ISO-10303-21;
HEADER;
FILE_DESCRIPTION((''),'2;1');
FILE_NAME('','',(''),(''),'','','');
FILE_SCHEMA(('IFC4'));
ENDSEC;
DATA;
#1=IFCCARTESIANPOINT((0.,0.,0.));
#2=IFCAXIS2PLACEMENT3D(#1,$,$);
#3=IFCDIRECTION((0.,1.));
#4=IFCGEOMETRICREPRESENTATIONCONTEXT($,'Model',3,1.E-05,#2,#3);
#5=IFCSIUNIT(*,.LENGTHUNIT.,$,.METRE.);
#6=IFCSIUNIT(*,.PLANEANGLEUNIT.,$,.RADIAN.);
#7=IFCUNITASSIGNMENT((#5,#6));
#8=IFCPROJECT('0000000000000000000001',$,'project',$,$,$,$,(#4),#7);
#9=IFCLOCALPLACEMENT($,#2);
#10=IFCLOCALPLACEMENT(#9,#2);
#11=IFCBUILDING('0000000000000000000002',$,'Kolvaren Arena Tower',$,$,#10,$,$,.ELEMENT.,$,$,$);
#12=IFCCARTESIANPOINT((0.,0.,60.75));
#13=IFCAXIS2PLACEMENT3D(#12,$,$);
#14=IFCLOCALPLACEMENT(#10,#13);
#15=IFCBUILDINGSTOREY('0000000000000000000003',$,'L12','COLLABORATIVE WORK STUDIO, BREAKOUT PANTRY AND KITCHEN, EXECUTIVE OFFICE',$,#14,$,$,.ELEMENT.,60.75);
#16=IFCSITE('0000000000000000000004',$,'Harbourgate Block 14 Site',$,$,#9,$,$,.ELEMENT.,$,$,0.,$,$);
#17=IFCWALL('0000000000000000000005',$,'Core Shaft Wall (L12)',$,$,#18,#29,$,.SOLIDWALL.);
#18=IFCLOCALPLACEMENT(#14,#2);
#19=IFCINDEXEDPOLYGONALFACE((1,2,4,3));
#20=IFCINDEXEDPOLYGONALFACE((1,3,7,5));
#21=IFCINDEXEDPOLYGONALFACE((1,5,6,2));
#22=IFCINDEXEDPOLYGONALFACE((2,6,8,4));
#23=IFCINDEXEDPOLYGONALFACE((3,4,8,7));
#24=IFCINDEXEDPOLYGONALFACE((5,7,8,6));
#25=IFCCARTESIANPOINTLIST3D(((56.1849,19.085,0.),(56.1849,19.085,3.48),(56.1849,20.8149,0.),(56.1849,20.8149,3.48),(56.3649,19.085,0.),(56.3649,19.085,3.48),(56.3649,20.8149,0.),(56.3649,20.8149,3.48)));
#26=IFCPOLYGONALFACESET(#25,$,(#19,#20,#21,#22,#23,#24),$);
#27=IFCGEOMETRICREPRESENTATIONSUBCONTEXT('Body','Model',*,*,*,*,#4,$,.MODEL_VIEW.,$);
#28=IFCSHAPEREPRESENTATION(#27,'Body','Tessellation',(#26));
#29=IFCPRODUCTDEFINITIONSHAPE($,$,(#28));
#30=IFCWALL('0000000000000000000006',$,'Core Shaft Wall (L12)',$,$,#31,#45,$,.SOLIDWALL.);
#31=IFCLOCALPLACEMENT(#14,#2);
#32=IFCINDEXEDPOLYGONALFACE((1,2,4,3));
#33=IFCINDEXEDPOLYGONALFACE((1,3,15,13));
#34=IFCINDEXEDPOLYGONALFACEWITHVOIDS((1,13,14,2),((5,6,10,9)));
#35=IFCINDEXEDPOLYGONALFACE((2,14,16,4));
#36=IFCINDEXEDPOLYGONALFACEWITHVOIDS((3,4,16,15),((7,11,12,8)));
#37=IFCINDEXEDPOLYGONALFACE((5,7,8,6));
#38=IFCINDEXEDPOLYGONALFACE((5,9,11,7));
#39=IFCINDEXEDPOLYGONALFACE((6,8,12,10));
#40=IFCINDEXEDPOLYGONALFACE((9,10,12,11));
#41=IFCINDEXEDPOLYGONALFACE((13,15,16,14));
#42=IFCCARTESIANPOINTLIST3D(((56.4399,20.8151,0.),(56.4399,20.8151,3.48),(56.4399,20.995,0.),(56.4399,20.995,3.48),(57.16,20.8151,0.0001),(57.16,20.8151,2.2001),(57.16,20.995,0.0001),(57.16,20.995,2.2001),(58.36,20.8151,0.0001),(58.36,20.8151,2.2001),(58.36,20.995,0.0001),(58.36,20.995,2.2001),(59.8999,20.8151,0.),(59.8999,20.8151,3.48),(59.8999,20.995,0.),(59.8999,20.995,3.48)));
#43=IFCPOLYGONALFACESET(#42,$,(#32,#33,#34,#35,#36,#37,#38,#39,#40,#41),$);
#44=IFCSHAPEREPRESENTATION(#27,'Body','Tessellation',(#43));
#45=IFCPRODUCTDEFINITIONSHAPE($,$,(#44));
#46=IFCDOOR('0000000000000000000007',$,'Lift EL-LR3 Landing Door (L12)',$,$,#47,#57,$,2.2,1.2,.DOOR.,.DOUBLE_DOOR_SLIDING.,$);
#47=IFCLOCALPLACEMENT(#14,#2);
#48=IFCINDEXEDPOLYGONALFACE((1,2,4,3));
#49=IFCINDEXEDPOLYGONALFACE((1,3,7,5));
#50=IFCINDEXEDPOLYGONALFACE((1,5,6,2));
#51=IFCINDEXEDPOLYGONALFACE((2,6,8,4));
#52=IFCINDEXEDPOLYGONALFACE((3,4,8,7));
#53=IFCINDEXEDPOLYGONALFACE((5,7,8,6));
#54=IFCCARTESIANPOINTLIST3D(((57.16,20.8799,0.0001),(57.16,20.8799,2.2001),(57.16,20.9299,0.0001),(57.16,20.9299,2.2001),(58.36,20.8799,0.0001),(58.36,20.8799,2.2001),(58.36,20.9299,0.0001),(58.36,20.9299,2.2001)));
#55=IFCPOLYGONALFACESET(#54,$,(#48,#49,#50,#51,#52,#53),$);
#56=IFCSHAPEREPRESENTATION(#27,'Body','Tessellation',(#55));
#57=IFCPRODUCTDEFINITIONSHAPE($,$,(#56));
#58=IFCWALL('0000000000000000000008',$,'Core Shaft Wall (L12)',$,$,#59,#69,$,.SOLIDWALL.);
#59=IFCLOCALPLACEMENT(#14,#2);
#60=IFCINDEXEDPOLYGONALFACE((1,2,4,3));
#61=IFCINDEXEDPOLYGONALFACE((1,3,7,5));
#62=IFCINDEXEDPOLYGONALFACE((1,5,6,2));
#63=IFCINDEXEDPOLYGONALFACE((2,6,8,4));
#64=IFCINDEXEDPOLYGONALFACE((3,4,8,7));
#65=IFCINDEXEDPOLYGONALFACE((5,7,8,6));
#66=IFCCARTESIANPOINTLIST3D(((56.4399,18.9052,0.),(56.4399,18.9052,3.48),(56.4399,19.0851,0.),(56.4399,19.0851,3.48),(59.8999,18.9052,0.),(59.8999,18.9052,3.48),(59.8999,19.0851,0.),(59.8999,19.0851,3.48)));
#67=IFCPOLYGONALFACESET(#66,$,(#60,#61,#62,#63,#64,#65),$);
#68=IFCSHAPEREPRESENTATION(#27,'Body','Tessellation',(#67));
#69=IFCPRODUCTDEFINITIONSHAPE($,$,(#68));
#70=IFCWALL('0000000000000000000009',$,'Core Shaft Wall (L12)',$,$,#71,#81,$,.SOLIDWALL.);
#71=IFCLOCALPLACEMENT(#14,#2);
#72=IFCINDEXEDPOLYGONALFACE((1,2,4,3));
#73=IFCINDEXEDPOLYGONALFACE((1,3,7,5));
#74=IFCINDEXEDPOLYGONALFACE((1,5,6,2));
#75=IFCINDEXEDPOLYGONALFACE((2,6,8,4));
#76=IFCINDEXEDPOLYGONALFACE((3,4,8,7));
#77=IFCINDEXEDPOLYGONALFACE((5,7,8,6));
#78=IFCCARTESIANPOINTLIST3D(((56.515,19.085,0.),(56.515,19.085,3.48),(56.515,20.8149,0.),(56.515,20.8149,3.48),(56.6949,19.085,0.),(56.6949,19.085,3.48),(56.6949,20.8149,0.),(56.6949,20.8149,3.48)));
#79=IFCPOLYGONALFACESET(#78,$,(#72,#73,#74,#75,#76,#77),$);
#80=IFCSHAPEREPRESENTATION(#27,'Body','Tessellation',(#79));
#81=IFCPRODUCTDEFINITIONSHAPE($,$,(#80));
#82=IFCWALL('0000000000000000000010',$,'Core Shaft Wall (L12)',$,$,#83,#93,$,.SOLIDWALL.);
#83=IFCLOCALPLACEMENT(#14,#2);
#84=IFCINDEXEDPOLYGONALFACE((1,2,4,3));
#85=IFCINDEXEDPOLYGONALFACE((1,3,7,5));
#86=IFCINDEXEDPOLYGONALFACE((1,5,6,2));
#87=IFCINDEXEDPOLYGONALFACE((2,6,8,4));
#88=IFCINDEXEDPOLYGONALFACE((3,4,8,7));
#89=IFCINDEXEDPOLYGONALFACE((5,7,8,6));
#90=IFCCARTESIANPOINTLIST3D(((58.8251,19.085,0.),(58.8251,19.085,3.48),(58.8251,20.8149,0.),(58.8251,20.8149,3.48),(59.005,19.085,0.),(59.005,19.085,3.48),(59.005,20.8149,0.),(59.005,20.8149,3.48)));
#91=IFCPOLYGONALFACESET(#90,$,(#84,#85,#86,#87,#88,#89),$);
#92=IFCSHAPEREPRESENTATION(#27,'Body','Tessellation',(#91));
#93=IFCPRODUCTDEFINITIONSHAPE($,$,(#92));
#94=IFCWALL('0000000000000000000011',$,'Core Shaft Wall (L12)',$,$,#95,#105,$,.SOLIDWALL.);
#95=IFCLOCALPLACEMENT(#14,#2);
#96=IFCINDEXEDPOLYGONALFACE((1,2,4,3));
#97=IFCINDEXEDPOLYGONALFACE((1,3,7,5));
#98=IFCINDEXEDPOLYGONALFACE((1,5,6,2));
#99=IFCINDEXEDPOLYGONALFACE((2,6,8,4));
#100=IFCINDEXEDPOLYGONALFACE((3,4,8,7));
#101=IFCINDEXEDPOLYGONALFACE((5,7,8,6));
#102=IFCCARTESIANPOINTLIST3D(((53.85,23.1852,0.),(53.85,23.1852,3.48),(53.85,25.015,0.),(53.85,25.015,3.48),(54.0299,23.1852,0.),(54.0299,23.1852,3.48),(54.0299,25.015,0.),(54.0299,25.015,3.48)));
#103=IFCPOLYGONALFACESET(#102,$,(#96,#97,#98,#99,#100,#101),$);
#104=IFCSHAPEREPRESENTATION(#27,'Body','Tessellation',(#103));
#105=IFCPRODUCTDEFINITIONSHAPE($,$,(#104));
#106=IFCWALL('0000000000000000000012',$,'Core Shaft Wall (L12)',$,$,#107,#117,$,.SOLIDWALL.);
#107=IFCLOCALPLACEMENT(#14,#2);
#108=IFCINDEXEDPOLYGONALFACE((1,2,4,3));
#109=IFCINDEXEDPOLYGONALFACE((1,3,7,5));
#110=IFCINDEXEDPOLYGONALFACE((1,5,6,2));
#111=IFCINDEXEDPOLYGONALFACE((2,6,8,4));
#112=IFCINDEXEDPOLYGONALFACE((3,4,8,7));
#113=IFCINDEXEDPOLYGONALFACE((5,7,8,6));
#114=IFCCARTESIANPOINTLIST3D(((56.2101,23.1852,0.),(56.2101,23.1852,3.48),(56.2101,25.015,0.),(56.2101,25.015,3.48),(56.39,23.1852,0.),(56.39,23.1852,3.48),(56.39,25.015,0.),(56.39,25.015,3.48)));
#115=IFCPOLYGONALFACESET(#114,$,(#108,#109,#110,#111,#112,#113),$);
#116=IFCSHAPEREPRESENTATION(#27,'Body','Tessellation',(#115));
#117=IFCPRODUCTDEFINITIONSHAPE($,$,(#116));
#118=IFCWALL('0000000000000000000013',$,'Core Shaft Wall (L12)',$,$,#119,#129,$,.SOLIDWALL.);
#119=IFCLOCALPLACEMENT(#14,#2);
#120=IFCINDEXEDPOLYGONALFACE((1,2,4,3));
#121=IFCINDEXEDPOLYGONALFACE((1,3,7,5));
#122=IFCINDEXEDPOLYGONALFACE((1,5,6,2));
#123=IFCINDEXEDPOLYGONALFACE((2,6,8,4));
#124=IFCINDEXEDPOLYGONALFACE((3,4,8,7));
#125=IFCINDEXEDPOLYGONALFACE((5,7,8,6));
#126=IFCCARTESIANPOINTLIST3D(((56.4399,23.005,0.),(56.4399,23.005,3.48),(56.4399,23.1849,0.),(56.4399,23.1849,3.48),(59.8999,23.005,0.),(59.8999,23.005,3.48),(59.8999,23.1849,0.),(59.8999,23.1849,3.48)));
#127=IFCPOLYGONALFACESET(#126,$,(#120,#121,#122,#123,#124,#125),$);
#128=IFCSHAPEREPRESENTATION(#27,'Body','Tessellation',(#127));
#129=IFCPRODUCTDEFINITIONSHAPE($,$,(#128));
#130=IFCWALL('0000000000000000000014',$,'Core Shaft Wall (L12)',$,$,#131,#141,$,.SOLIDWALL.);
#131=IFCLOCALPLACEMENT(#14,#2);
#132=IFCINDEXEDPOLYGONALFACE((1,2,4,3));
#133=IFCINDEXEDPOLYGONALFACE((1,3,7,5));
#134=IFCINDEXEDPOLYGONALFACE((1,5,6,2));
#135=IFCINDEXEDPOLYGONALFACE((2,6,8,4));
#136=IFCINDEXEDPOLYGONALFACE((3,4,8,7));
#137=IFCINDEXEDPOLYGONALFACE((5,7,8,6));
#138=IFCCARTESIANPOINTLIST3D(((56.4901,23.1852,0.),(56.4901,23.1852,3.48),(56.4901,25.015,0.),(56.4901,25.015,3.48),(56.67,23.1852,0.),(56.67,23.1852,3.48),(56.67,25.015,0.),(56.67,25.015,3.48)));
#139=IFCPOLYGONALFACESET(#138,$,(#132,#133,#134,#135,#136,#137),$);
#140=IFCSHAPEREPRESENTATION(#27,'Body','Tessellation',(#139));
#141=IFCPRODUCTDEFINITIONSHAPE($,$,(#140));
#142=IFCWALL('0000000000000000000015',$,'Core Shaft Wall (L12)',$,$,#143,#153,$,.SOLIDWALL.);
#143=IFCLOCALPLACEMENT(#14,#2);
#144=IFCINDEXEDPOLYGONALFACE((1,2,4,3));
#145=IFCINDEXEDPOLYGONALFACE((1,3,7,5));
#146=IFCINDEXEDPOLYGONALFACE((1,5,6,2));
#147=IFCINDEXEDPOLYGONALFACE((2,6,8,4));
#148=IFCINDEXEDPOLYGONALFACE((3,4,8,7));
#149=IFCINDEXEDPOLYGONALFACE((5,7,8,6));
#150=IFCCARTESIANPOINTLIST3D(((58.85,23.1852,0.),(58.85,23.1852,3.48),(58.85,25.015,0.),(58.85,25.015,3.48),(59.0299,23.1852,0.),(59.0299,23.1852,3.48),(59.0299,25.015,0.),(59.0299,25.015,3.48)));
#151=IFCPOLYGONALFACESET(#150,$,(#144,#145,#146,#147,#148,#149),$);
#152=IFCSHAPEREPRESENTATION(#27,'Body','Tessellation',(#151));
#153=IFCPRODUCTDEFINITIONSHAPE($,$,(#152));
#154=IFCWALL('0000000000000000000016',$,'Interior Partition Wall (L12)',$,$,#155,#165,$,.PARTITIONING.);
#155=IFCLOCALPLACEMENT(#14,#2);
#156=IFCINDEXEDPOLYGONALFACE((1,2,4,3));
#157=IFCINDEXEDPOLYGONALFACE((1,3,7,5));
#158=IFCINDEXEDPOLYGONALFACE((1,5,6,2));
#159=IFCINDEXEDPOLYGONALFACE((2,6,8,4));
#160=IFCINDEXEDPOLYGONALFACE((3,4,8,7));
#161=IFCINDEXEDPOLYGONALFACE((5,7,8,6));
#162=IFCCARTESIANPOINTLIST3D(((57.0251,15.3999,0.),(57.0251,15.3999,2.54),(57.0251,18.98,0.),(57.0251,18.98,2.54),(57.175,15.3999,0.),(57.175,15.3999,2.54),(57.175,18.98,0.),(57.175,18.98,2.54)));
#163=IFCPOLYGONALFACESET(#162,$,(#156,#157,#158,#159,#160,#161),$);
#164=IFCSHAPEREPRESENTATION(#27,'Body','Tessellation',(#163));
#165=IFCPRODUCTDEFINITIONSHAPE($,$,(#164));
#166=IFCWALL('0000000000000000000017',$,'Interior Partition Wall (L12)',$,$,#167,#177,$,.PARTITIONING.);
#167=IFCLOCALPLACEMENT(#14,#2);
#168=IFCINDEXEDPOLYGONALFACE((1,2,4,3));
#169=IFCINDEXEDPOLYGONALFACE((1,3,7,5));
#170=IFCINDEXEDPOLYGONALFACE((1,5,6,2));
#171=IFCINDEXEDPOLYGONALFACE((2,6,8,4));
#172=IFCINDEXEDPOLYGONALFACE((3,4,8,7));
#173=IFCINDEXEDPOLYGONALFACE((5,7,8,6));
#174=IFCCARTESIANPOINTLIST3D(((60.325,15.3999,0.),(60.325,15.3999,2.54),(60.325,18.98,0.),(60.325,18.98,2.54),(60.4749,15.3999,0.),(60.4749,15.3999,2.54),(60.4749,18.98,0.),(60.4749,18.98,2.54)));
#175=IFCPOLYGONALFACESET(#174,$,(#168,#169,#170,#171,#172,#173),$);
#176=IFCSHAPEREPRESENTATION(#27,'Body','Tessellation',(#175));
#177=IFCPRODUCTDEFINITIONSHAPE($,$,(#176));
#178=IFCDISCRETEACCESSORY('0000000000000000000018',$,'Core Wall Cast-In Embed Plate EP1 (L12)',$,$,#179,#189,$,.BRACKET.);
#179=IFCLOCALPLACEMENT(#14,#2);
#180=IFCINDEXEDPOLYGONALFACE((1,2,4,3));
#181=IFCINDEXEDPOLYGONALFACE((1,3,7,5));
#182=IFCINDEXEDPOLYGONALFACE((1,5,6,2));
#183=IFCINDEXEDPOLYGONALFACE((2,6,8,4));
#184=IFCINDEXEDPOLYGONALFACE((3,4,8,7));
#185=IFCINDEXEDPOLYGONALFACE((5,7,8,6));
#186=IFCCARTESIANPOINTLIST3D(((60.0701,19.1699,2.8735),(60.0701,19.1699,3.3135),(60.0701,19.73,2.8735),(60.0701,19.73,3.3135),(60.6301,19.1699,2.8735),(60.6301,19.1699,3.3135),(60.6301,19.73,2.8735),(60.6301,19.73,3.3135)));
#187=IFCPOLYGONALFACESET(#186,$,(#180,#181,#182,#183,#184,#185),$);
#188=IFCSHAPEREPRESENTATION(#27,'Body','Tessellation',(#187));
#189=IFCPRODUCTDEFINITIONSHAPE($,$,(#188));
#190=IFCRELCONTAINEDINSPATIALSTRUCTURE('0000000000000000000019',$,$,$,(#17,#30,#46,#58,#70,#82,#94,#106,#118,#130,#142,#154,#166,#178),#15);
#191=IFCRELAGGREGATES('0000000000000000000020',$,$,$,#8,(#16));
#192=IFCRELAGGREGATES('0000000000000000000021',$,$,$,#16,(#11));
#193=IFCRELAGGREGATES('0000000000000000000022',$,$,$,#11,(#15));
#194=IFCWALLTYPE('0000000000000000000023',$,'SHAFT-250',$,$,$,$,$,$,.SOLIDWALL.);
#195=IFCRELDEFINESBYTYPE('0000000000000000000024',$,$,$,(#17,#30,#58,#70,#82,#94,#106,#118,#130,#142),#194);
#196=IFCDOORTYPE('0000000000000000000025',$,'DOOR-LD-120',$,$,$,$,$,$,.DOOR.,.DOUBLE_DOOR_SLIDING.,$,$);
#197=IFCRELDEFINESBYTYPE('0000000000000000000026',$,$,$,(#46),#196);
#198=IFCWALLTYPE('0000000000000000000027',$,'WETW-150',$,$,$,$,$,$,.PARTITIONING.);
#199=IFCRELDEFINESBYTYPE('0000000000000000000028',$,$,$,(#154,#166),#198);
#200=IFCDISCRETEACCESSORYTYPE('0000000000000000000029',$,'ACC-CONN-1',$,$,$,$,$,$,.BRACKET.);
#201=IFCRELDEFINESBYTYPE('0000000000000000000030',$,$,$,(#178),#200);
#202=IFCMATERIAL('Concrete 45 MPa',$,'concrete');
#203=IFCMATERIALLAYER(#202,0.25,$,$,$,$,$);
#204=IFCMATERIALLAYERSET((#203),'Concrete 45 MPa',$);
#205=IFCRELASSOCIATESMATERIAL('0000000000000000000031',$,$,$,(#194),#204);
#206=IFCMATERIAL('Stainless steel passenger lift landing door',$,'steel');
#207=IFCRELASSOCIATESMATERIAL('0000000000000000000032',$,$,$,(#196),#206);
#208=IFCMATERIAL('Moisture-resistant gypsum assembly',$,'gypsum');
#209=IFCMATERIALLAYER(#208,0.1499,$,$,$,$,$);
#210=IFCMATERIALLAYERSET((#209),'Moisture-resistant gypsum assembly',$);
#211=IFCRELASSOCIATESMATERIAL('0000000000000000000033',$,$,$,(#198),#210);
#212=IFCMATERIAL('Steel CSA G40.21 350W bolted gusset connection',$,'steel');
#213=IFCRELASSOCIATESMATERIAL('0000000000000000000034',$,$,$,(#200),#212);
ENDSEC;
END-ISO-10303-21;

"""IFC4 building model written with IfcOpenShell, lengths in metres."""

from ifc_helpers import new_model, si_unit, direction, frame, frame_2d, origin, origin_2d, place, context, subcontext, project, spatial, rectangle, extrude, material, layer, layer_set, type_object, element, fill, save


model = new_model("IFC4")

# Units and contexts
model_context = context("Model", 3, precision=1e-05, world=origin(), true_north=direction((0.0, 1.0)))
body_context = subcontext(model_context, "Body", "Model", "MODEL_VIEW")
ifc_project = project(units=[si_unit("LENGTHUNIT", "METRE"), si_unit("PLANEANGLEUNIT", "RADIAN")], contexts=[model_context])

# Site, building, storey
site_placement = place(None, origin())
site = spatial("IfcSite", under=ifc_project, at=site_placement, Name="Harbourgate Block 14 Site", CompositionType="ELEMENT", RefElevation=0.0)
building_placement = place(site_placement, origin())
building = spatial("IfcBuilding", under=site, at=building_placement, Name="Kolvaren Arena Tower", CompositionType="ELEMENT")
storey_placement = place(building_placement, frame((0.0, 0.0, 60.75)))
storey = spatial("IfcBuildingStorey", under=building, at=storey_placement, Name="L12", Description="COLLABORATIVE WORK STUDIO, BREAKOUT PANTRY AND KITCHEN, EXECUTIVE OFFICE", CompositionType="ELEMENT", Elevation=60.75)

# Wall
ifc_material_1 = material(Name="Concrete 45 MPa", Category="concrete")
ifc_layer_1 = layer(ifc_material_1, 0.25)
ifc_layer_set_1 = layer_set([ifc_layer_1], Name="Concrete 45 MPa")
wall_type_1 = type_object("IfcWallType", Name="SHAFT-250", PredefinedType="SOLIDWALL", material=ifc_layer_set_1)
for number, where, z_axis, x_axis, name in (
    (1, (56.2749, 19.085, 0.0), (0.0, 0.0, 1.0), (0.0, 1.0, 0.0), "Core Shaft Wall (L12)"),
):
    element("IfcWall", number, at=place(storey_placement, frame(where, z_axis=z_axis, x_axis=x_axis)), inside=storey, type_object=wall_type_1, Name=name, PredefinedType="SOLIDWALL", context=body_context, shape_type="SweptSolid", body=[
        extrude(rectangle(XDim=1.73, YDim=0.1799, at=frame_2d((0.865, 0.0))), origin(), (0.0, 0.0, 1.0), 3.48),
    ])

# Wall, opening, door
wall_1_placement = place(storey_placement, frame((56.4399, 20.905, 0.0), z_axis=(0.0, 0.0, 1.0), x_axis=(1.0, 0.0, 0.0)))
wall_1 = element("IfcWall", 2, at=wall_1_placement, inside=storey, type_object=wall_type_1, Name="Core Shaft Wall (L12)", PredefinedType="SOLIDWALL", context=body_context, shape_type="SweptSolid", body=[
    extrude(rectangle(XDim=3.46, YDim=0.1799, at=frame_2d((1.73, 0.0))), origin(), (0.0, 0.0, 1.0), 3.48),
])
opening_placement = place(wall_1_placement, frame((0.72, 0.0, 0.0)))
opening = element("IfcOpeningElement", 3, at=opening_placement, cuts=wall_1, PredefinedType="OPENING", context=body_context, shape_type="SweptSolid", body=[
    extrude(rectangle(XDim=1.2, YDim=2.2, at=frame_2d((0.6001, 1.1001))), frame((0.0, 0.0999, 0.0), z_axis=(0.0, -1.0, 0.0), x_axis=(1.0, 0.0, 0.0)), (0.0, 0.0, 1.0), 0.2),
])
ifc_material_2 = material(Name="Stainless steel passenger lift landing door", Category="steel")
door_type = type_object("IfcDoorType", Name="DOOR-LD-120", OperationType="DOUBLE_DOOR_SLIDING", PredefinedType="DOOR", material=ifc_material_2)
door_placement = place(opening_placement, origin())
door = element("IfcDoor", 4, at=door_placement, inside=storey, type_object=door_type, Name="Lift EL-LR3 Landing Door (L12)", OperationType="DOUBLE_DOOR_SLIDING", OverallHeight=2.2, OverallWidth=1.2, PredefinedType="DOOR", context=body_context, shape_type="SweptSolid", body=[
    extrude(rectangle(XDim=1.2, YDim=2.2, at=frame_2d((0.6001, 1.1001))), frame((0.0, 0.0249, 0.0), z_axis=(0.0, -1.0, 0.0), x_axis=(1.0, 0.0, 0.0)), (0.0, 0.0, 1.0), 0.05),
])
fill(opening, door)

# Walls
wall_2_placement = place(storey_placement, frame((56.4399, 18.9951, 0.0), z_axis=(0.0, 0.0, 1.0), x_axis=(1.0, 0.0, 0.0)))
element("IfcWall", 5, at=wall_2_placement, inside=storey, type_object=wall_type_1, Name="Core Shaft Wall (L12)", PredefinedType="SOLIDWALL", context=body_context, shape_type="SweptSolid", body=[
    extrude(rectangle(XDim=3.46, YDim=0.1799, at=frame_2d((1.73, 0.0))), origin(), (0.0, 0.0, 1.0), 3.48),
])
for number, where, z_axis, x_axis, name in (
    (6, (56.605, 19.085, 0.0), (0.0, 0.0, 1.0), (0.0, 1.0, 0.0), "Core Shaft Wall (L12)"),
    (7, (58.915, 19.085, 0.0), (0.0, 0.0, 1.0), (0.0, 1.0, 0.0), "Core Shaft Wall (L12)"),
):
    element("IfcWall", number, at=place(storey_placement, frame(where, z_axis=z_axis, x_axis=x_axis)), inside=storey, type_object=wall_type_1, Name=name, PredefinedType="SOLIDWALL", context=body_context, shape_type="SweptSolid", body=[
        extrude(rectangle(XDim=1.73, YDim=0.1799, at=frame_2d((0.865, 0.0))), origin(), (0.0, 0.0, 1.0), 3.48),
    ])
for number, where, z_axis, x_axis, name in (
    (8, (53.9399, 23.1851, 0.0), (0.0, 0.0, 1.0), (0.0, 1.0, 0.0), "Core Shaft Wall (L12)"),
    (9, (56.3, 23.1851, 0.0), (0.0, 0.0, 1.0), (0.0, 1.0, 0.0), "Core Shaft Wall (L12)"),
):
    element("IfcWall", number, at=place(storey_placement, frame(where, z_axis=z_axis, x_axis=x_axis)), inside=storey, type_object=wall_type_1, Name=name, PredefinedType="SOLIDWALL", context=body_context, shape_type="SweptSolid", body=[
        extrude(rectangle(XDim=1.8298, YDim=0.1799, at=frame_2d((0.915, 0.0))), origin(), (0.0, 0.0, 1.0), 3.48),
    ])
wall_3_placement = place(storey_placement, frame((56.4399, 23.095, 0.0), z_axis=(0.0, 0.0, 1.0), x_axis=(1.0, 0.0, 0.0)))
element("IfcWall", 10, at=wall_3_placement, inside=storey, type_object=wall_type_1, Name="Core Shaft Wall (L12)", PredefinedType="SOLIDWALL", context=body_context, shape_type="SweptSolid", body=[
    extrude(rectangle(XDim=3.46, YDim=0.1799, at=frame_2d((1.73, 0.0))), origin(), (0.0, 0.0, 1.0), 3.48),
])
for number, where, z_axis, x_axis, name in (
    (11, (56.5801, 23.1851, 0.0), (0.0, 0.0, 1.0), (0.0, 1.0, 0.0), "Core Shaft Wall (L12)"),
    (12, (58.9399, 23.1851, 0.0), (0.0, 0.0, 1.0), (0.0, 1.0, 0.0), "Core Shaft Wall (L12)"),
):
    element("IfcWall", number, at=place(storey_placement, frame(where, z_axis=z_axis, x_axis=x_axis)), inside=storey, type_object=wall_type_1, Name=name, PredefinedType="SOLIDWALL", context=body_context, shape_type="SweptSolid", body=[
        extrude(rectangle(XDim=1.8298, YDim=0.1799, at=frame_2d((0.915, 0.0))), origin(), (0.0, 0.0, 1.0), 3.48),
    ])
ifc_material_3 = material(Name="Moisture-resistant gypsum assembly", Category="gypsum")
ifc_layer_2 = layer(ifc_material_3, 0.1499)
ifc_layer_set_2 = layer_set([ifc_layer_2], Name="Moisture-resistant gypsum assembly")
wall_type_2 = type_object("IfcWallType", Name="WETW-150", PredefinedType="PARTITIONING", material=ifc_layer_set_2)
for number, where, z_axis, x_axis, name in (
    (13, (57.1001, 15.3999, 0.0), (0.0, 0.0, 1.0), (0.0, 1.0, 0.0), "Interior Partition Wall (L12)"),
    (14, (60.3999, 15.3999, 0.0), (0.0, 0.0, 1.0), (0.0, 1.0, 0.0), "Interior Partition Wall (L12)"),
):
    element("IfcWall", number, at=place(storey_placement, frame(where, z_axis=z_axis, x_axis=x_axis)), inside=storey, type_object=wall_type_2, Name=name, PredefinedType="PARTITIONING", context=body_context, shape_type="SweptSolid", body=[
        extrude(rectangle(XDim=3.5801, YDim=0.1499, at=frame_2d((1.79, 0.0))), origin(), (0.0, 0.0, 1.0), 2.54),
    ])

# Discrete accessory
ifc_material_4 = material(Name="Steel CSA G40.21 350W bolted gusset connection", Category="steel")
discrete_accessory_type = type_object("IfcDiscreteAccessoryType", Name="ACC-CONN-1", PredefinedType="BRACKET", material=ifc_material_4)
discrete_accessory_placement = place(storey_placement, frame((60.3501, 19.45, 2.8735), z_axis=(0.0, 0.0, 1.0), x_axis=(1.0, 0.0, 0.0)))
element("IfcDiscreteAccessory", 15, at=discrete_accessory_placement, inside=storey, type_object=discrete_accessory_type, Name="Core Wall Cast-In Embed Plate EP1 (L12)", PredefinedType="BRACKET", context=body_context, shape_type="SweptSolid", body=[
    extrude(rectangle(XDim=0.5601, YDim=0.5601, at=origin_2d()), origin(), (0.0, 0.0, 1.0), 0.4399),
])

save(model, "model.ifc")
